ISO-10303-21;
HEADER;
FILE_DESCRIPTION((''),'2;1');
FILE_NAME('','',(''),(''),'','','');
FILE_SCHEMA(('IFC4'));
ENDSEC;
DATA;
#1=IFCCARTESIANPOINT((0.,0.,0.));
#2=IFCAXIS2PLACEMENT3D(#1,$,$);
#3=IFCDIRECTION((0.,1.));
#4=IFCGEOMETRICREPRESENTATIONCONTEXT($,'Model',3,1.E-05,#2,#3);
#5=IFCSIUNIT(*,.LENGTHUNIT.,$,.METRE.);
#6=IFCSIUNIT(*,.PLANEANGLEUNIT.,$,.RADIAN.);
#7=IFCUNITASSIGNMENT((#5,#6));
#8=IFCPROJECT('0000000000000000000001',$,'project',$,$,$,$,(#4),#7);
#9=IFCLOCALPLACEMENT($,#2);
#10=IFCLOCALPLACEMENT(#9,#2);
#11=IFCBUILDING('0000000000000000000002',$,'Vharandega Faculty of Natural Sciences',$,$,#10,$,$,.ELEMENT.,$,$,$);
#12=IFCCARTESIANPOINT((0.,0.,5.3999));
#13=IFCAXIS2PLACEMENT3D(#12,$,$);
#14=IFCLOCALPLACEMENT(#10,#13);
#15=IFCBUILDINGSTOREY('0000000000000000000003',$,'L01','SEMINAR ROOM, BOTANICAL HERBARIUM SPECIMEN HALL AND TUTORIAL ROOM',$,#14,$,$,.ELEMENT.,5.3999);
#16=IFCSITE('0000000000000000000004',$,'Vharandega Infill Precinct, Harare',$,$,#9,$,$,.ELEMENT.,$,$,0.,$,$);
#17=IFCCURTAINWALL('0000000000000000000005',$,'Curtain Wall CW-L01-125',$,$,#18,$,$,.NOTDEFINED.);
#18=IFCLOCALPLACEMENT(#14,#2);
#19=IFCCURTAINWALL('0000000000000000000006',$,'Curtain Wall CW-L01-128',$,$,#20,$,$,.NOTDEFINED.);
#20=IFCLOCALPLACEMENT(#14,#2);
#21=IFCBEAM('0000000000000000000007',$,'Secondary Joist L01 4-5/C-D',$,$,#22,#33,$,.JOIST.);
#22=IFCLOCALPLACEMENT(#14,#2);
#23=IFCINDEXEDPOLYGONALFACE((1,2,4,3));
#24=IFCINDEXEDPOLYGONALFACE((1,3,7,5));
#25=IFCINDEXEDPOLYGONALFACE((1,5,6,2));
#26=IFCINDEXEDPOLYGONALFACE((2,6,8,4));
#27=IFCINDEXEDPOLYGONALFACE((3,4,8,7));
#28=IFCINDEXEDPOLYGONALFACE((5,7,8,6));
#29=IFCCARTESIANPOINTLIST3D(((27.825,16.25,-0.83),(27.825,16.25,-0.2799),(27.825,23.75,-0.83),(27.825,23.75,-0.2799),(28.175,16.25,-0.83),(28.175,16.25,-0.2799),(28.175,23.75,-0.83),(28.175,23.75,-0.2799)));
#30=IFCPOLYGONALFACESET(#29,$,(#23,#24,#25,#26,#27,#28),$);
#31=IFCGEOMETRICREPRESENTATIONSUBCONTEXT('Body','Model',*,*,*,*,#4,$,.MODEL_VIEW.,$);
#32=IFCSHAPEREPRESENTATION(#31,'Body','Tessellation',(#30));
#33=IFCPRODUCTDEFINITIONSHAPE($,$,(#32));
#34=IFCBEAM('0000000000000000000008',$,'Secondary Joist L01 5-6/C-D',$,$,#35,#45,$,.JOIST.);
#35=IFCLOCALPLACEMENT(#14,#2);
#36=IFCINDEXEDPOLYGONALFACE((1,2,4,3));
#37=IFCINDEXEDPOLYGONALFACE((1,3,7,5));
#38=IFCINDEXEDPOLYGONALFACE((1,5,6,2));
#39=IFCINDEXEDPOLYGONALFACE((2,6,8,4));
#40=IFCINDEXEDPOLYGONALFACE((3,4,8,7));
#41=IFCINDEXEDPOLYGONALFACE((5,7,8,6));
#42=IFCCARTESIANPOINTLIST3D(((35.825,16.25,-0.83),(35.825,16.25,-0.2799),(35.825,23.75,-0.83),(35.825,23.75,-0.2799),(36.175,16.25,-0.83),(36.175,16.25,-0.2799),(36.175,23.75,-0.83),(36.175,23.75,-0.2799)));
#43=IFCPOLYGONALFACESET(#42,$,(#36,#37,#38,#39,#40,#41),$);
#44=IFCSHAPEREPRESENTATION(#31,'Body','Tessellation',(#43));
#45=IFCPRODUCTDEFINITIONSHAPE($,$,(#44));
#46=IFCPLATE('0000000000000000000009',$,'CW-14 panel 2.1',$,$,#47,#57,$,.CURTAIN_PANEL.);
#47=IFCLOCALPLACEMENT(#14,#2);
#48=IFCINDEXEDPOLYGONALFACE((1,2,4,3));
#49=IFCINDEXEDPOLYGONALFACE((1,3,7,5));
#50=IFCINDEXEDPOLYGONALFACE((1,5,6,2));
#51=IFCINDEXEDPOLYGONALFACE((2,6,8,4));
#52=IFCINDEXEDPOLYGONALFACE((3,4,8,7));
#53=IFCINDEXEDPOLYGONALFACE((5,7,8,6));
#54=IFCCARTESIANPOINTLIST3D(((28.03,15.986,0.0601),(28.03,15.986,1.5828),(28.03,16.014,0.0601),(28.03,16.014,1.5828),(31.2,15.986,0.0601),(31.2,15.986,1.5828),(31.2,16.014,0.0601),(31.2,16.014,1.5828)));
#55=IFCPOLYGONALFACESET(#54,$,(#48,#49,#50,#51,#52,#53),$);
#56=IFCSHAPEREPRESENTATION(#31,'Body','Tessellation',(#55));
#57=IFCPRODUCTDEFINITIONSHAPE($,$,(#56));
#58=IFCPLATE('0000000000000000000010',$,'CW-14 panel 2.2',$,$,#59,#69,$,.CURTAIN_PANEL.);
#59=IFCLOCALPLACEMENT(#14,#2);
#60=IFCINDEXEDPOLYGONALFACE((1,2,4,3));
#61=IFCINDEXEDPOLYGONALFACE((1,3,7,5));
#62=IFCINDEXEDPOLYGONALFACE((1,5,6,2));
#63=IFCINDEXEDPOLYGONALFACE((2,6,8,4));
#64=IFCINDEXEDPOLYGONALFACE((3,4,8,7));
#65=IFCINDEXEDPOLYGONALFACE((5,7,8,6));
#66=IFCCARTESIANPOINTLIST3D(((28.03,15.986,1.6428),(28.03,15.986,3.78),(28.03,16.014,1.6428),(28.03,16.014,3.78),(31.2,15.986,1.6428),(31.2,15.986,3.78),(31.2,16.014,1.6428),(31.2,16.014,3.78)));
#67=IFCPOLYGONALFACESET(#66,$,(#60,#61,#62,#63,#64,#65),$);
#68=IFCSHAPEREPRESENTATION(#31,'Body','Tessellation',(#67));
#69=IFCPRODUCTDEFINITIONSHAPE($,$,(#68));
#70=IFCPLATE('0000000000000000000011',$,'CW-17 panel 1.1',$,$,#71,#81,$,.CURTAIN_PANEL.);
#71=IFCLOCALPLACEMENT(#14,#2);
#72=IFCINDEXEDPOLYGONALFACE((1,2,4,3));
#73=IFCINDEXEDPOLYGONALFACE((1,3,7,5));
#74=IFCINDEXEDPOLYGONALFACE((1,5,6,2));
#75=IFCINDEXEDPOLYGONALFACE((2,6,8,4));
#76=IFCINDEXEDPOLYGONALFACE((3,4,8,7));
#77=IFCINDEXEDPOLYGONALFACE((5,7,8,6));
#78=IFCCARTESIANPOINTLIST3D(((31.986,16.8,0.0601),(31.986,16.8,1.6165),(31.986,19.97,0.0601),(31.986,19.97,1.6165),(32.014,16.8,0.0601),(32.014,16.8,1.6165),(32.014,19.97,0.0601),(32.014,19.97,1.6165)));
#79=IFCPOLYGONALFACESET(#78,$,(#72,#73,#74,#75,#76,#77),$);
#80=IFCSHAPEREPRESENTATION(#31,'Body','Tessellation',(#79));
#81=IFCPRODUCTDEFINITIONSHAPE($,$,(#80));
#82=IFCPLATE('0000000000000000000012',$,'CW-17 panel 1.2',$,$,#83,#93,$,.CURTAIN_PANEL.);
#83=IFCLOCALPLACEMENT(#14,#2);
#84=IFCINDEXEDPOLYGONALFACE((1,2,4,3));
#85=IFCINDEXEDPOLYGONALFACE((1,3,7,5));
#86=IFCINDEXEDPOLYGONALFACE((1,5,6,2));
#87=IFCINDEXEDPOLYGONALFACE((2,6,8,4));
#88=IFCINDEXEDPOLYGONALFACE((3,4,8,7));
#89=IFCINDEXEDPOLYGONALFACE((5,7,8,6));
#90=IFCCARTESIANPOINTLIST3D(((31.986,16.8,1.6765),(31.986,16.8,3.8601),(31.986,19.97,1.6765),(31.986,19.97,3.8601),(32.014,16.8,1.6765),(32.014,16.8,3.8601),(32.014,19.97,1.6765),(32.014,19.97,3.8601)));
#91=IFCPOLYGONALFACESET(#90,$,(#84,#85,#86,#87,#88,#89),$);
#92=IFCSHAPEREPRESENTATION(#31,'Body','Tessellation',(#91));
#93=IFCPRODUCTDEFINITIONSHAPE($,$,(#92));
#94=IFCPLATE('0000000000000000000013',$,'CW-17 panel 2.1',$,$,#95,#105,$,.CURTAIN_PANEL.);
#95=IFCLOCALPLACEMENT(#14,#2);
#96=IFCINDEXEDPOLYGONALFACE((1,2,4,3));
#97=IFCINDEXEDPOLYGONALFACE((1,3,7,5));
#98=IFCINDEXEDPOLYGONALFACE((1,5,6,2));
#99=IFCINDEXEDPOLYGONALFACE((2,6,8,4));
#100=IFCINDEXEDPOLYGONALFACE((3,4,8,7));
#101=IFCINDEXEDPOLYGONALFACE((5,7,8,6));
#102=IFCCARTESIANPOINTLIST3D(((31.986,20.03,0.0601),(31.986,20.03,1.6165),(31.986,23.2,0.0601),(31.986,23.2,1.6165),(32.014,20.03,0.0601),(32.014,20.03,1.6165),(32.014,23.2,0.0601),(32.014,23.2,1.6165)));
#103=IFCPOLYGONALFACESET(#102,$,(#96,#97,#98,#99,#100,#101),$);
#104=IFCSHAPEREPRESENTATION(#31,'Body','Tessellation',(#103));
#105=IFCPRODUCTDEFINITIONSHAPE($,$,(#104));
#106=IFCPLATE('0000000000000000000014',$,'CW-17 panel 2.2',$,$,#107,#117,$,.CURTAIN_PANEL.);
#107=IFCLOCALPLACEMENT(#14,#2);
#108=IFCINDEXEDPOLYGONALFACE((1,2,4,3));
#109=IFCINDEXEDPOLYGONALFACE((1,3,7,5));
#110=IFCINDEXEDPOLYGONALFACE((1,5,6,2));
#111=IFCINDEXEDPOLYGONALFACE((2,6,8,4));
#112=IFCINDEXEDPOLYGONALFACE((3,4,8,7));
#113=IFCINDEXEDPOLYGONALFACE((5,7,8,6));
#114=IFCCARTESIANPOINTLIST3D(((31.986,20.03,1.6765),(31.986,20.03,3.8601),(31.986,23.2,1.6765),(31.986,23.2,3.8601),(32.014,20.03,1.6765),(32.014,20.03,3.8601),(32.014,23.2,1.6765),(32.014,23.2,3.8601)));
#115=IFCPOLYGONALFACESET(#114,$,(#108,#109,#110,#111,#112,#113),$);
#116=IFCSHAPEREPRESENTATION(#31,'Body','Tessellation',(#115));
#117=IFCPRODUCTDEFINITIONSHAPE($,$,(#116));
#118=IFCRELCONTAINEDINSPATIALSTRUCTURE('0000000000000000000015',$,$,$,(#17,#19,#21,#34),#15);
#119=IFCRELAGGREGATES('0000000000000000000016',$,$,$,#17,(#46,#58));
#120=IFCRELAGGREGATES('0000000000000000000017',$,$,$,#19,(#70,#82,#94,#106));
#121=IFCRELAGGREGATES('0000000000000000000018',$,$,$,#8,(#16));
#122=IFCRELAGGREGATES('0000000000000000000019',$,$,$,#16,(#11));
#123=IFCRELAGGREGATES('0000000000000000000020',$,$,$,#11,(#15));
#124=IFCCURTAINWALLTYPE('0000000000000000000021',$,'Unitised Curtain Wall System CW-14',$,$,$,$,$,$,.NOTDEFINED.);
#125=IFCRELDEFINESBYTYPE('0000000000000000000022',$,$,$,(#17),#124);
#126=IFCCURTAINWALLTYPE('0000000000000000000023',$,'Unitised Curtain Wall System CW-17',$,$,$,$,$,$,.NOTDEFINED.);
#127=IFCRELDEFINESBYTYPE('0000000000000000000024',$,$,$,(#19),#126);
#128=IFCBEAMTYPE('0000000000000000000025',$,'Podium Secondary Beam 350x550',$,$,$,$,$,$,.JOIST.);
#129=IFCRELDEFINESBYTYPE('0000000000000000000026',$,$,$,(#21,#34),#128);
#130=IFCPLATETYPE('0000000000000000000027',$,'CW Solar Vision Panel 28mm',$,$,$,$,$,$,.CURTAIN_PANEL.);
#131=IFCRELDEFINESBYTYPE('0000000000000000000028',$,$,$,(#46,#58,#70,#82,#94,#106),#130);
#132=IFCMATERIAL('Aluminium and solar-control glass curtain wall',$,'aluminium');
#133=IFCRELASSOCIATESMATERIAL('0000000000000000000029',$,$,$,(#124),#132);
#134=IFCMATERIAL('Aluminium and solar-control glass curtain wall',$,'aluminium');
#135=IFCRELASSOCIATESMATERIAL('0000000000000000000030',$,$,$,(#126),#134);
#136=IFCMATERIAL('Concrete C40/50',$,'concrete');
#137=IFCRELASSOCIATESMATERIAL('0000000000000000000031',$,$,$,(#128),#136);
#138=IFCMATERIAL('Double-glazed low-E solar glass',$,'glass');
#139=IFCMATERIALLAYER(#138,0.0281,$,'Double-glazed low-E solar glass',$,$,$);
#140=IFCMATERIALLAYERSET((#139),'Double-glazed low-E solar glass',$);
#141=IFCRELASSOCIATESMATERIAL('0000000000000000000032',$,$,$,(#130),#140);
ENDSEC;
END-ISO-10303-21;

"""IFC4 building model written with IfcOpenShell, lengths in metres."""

from ifc_helpers import new_model, si_unit, direction, frame, origin, origin_2d, place, context, subcontext, project, spatial, rectangle, extrude, material, layer, layer_set, material_profile, profile_set, type_object, element, aggregate, save


model = new_model("IFC4")

# Units and contexts
model_context = context("Model", 3, precision=1e-05, world=origin(), true_north=direction((0.0, 1.0)))
body_context = subcontext(model_context, "Body", "Model", "MODEL_VIEW")
ifc_project = project(units=[si_unit("LENGTHUNIT", "METRE"), si_unit("PLANEANGLEUNIT", "RADIAN")], contexts=[model_context])

# Site, building, storey
site_placement = place(None, origin())
site = spatial("IfcSite", under=ifc_project, at=site_placement, Name="Vharandega Infill Precinct, Harare", CompositionType="ELEMENT", RefElevation=0.0)
building_placement = place(site_placement, origin())
building = spatial("IfcBuilding", under=site, at=building_placement, Name="Vharandega Faculty of Natural Sciences", CompositionType="ELEMENT")
storey_placement = place(building_placement, frame((0.0, 0.0, 5.3999)))
storey = spatial("IfcBuildingStorey", under=building, at=storey_placement, Name="L01", Description="SEMINAR ROOM, BOTANICAL HERBARIUM SPECIMEN HALL AND TUTORIAL ROOM", CompositionType="ELEMENT", Elevation=5.3999)

# Curtain wall
ifc_material_1 = material(Name="Aluminium and solar-control glass curtain wall", Category="aluminium")
curtain_wall_type_1 = type_object("IfcCurtainWallType", Name="Unitised Curtain Wall System CW-14", PredefinedType="NOTDEFINED", material=ifc_material_1)
curtain_wall_1_placement = place(storey_placement, origin())
curtain_wall_1 = element("IfcCurtainWall", 1, at=curtain_wall_1_placement, inside=storey, type_object=curtain_wall_type_1, Name="Curtain Wall CW-L01-125", PredefinedType="NOTDEFINED")

# Curtain wall
ifc_material_2 = material(Name="Aluminium and solar-control glass curtain wall", Category="aluminium")
curtain_wall_type_2 = type_object("IfcCurtainWallType", Name="Unitised Curtain Wall System CW-17", PredefinedType="NOTDEFINED", material=ifc_material_2)
curtain_wall_2_placement = place(storey_placement, origin())
curtain_wall_2 = element("IfcCurtainWall", 2, at=curtain_wall_2_placement, inside=storey, type_object=curtain_wall_type_2, Name="Curtain Wall CW-L01-128", PredefinedType="NOTDEFINED")

# Beams
ifc_material_3 = material(Name="Concrete C40/50", Category="concrete")
ifc_material_profile_1 = material_profile(ifc_material_3, rectangle(XDim=0.3501, YDim=0.55, at=origin_2d()), Name="RC 350x550")
ifc_profile_set_1 = profile_set([ifc_material_profile_1], Name="Concrete C40/50")
beam_type_1 = type_object("IfcBeamType", Name="Podium Secondary Beam 350x550", PredefinedType="JOIST", material=ifc_profile_set_1)
for number, where, z_axis, x_axis, name in (
    (3, (28.0, 16.25, -0.5549), (0.0, 1.0, 0.0), (-1.0, 0.0, 0.0), "Secondary Joist L01 4-5/C-D"),
    (4, (36.0, 16.25, -0.5549), (0.0, 1.0, 0.0), (-1.0, 0.0, 0.0), "Secondary Joist L01 5-6/C-D"),
):
    element("IfcBeam", number, at=place(storey_placement, frame(where, z_axis=z_axis, x_axis=x_axis)), inside=storey, type_object=beam_type_1, Name=name, PredefinedType="JOIST", context=body_context, shape_type="SweptSolid", body=[
        extrude(rectangle(XDim=0.3501, YDim=0.55, at=origin_2d()), origin(), (0.0, 0.0, 1.0), 7.5),
    ])

# Plates
ifc_material_4 = material(Name="Double-glazed low-E solar glass", Category="glass")
ifc_layer = layer(ifc_material_4, 0.0281, Name="Double-glazed low-E solar glass")
ifc_layer_set = layer_set([ifc_layer], Name="Double-glazed low-E solar glass")
plate_type = type_object("IfcPlateType", Name="CW Solar Vision Panel 28mm", PredefinedType="CURTAIN_PANEL", material=ifc_layer_set)
plate_1_placement = place(storey_placement, frame((29.615, 16.0, 0.0601), z_axis=(0.0, 0.0, 1.0), x_axis=(1.0, 0.0, 0.0)))
plate_1 = element("IfcPlate", 5, at=plate_1_placement, type_object=plate_type, Name="CW-14 panel 2.1", PredefinedType="CURTAIN_PANEL", context=body_context, shape_type="SweptSolid", body=[
    extrude(rectangle(XDim=3.1699, YDim=0.0281, at=origin_2d()), origin(), (0.0, 0.0, 1.0), 1.5227),
])
plate_2_placement = place(storey_placement, frame((29.615, 16.0, 1.6428), z_axis=(0.0, 0.0, 1.0), x_axis=(1.0, 0.0, 0.0)))
plate_2 = element("IfcPlate", 6, at=plate_2_placement, type_object=plate_type, Name="CW-14 panel 2.2", PredefinedType="CURTAIN_PANEL", context=body_context, shape_type="SweptSolid", body=[
    extrude(rectangle(XDim=3.1699, YDim=0.0281, at=origin_2d()), origin(), (0.0, 0.0, 1.0), 2.1372),
])
aggregate(curtain_wall_1, [plate_1, plate_2])
plate_3_placement = place(storey_placement, frame((32.0, 18.385, 0.0601), z_axis=(0.0, 0.0, 1.0), x_axis=(0.0, 1.0, 0.0)))
plate_3 = element("IfcPlate", 7, at=plate_3_placement, type_object=plate_type, Name="CW-17 panel 1.1", PredefinedType="CURTAIN_PANEL", context=body_context, shape_type="SweptSolid", body=[
    extrude(rectangle(XDim=3.1699, YDim=0.0281, at=origin_2d()), origin(), (0.0, 0.0, 1.0), 1.5564),
])
plate_4_placement = place(storey_placement, frame((32.0, 18.385, 1.6765), z_axis=(0.0, 0.0, 1.0), x_axis=(0.0, 1.0, 0.0)))
plate_4 = element("IfcPlate", 8, at=plate_4_placement, type_object=plate_type, Name="CW-17 panel 1.2", PredefinedType="CURTAIN_PANEL", context=body_context, shape_type="SweptSolid", body=[
    extrude(rectangle(XDim=3.1699, YDim=0.0281, at=origin_2d()), origin(), (0.0, 0.0, 1.0), 2.1836),
])
plate_5_placement = place(storey_placement, frame((32.0, 21.615, 0.0601), z_axis=(0.0, 0.0, 1.0), x_axis=(0.0, 1.0, 0.0)))
plate_5 = element("IfcPlate", 9, at=plate_5_placement, type_object=plate_type, Name="CW-17 panel 2.1", PredefinedType="CURTAIN_PANEL", context=body_context, shape_type="SweptSolid", body=[
    extrude(rectangle(XDim=3.1699, YDim=0.0281, at=origin_2d()), origin(), (0.0, 0.0, 1.0), 1.5564),
])
plate_6_placement = place(storey_placement, frame((32.0, 21.615, 1.6765), z_axis=(0.0, 0.0, 1.0), x_axis=(0.0, 1.0, 0.0)))
plate_6 = element("IfcPlate", 10, at=plate_6_placement, type_object=plate_type, Name="CW-17 panel 2.2", PredefinedType="CURTAIN_PANEL", context=body_context, shape_type="SweptSolid", body=[
    extrude(rectangle(XDim=3.1699, YDim=0.0281, at=origin_2d()), origin(), (0.0, 0.0, 1.0), 2.1836),
])
aggregate(curtain_wall_2, [plate_3, plate_4, plate_5, plate_6])

save(model, "model.ifc")
